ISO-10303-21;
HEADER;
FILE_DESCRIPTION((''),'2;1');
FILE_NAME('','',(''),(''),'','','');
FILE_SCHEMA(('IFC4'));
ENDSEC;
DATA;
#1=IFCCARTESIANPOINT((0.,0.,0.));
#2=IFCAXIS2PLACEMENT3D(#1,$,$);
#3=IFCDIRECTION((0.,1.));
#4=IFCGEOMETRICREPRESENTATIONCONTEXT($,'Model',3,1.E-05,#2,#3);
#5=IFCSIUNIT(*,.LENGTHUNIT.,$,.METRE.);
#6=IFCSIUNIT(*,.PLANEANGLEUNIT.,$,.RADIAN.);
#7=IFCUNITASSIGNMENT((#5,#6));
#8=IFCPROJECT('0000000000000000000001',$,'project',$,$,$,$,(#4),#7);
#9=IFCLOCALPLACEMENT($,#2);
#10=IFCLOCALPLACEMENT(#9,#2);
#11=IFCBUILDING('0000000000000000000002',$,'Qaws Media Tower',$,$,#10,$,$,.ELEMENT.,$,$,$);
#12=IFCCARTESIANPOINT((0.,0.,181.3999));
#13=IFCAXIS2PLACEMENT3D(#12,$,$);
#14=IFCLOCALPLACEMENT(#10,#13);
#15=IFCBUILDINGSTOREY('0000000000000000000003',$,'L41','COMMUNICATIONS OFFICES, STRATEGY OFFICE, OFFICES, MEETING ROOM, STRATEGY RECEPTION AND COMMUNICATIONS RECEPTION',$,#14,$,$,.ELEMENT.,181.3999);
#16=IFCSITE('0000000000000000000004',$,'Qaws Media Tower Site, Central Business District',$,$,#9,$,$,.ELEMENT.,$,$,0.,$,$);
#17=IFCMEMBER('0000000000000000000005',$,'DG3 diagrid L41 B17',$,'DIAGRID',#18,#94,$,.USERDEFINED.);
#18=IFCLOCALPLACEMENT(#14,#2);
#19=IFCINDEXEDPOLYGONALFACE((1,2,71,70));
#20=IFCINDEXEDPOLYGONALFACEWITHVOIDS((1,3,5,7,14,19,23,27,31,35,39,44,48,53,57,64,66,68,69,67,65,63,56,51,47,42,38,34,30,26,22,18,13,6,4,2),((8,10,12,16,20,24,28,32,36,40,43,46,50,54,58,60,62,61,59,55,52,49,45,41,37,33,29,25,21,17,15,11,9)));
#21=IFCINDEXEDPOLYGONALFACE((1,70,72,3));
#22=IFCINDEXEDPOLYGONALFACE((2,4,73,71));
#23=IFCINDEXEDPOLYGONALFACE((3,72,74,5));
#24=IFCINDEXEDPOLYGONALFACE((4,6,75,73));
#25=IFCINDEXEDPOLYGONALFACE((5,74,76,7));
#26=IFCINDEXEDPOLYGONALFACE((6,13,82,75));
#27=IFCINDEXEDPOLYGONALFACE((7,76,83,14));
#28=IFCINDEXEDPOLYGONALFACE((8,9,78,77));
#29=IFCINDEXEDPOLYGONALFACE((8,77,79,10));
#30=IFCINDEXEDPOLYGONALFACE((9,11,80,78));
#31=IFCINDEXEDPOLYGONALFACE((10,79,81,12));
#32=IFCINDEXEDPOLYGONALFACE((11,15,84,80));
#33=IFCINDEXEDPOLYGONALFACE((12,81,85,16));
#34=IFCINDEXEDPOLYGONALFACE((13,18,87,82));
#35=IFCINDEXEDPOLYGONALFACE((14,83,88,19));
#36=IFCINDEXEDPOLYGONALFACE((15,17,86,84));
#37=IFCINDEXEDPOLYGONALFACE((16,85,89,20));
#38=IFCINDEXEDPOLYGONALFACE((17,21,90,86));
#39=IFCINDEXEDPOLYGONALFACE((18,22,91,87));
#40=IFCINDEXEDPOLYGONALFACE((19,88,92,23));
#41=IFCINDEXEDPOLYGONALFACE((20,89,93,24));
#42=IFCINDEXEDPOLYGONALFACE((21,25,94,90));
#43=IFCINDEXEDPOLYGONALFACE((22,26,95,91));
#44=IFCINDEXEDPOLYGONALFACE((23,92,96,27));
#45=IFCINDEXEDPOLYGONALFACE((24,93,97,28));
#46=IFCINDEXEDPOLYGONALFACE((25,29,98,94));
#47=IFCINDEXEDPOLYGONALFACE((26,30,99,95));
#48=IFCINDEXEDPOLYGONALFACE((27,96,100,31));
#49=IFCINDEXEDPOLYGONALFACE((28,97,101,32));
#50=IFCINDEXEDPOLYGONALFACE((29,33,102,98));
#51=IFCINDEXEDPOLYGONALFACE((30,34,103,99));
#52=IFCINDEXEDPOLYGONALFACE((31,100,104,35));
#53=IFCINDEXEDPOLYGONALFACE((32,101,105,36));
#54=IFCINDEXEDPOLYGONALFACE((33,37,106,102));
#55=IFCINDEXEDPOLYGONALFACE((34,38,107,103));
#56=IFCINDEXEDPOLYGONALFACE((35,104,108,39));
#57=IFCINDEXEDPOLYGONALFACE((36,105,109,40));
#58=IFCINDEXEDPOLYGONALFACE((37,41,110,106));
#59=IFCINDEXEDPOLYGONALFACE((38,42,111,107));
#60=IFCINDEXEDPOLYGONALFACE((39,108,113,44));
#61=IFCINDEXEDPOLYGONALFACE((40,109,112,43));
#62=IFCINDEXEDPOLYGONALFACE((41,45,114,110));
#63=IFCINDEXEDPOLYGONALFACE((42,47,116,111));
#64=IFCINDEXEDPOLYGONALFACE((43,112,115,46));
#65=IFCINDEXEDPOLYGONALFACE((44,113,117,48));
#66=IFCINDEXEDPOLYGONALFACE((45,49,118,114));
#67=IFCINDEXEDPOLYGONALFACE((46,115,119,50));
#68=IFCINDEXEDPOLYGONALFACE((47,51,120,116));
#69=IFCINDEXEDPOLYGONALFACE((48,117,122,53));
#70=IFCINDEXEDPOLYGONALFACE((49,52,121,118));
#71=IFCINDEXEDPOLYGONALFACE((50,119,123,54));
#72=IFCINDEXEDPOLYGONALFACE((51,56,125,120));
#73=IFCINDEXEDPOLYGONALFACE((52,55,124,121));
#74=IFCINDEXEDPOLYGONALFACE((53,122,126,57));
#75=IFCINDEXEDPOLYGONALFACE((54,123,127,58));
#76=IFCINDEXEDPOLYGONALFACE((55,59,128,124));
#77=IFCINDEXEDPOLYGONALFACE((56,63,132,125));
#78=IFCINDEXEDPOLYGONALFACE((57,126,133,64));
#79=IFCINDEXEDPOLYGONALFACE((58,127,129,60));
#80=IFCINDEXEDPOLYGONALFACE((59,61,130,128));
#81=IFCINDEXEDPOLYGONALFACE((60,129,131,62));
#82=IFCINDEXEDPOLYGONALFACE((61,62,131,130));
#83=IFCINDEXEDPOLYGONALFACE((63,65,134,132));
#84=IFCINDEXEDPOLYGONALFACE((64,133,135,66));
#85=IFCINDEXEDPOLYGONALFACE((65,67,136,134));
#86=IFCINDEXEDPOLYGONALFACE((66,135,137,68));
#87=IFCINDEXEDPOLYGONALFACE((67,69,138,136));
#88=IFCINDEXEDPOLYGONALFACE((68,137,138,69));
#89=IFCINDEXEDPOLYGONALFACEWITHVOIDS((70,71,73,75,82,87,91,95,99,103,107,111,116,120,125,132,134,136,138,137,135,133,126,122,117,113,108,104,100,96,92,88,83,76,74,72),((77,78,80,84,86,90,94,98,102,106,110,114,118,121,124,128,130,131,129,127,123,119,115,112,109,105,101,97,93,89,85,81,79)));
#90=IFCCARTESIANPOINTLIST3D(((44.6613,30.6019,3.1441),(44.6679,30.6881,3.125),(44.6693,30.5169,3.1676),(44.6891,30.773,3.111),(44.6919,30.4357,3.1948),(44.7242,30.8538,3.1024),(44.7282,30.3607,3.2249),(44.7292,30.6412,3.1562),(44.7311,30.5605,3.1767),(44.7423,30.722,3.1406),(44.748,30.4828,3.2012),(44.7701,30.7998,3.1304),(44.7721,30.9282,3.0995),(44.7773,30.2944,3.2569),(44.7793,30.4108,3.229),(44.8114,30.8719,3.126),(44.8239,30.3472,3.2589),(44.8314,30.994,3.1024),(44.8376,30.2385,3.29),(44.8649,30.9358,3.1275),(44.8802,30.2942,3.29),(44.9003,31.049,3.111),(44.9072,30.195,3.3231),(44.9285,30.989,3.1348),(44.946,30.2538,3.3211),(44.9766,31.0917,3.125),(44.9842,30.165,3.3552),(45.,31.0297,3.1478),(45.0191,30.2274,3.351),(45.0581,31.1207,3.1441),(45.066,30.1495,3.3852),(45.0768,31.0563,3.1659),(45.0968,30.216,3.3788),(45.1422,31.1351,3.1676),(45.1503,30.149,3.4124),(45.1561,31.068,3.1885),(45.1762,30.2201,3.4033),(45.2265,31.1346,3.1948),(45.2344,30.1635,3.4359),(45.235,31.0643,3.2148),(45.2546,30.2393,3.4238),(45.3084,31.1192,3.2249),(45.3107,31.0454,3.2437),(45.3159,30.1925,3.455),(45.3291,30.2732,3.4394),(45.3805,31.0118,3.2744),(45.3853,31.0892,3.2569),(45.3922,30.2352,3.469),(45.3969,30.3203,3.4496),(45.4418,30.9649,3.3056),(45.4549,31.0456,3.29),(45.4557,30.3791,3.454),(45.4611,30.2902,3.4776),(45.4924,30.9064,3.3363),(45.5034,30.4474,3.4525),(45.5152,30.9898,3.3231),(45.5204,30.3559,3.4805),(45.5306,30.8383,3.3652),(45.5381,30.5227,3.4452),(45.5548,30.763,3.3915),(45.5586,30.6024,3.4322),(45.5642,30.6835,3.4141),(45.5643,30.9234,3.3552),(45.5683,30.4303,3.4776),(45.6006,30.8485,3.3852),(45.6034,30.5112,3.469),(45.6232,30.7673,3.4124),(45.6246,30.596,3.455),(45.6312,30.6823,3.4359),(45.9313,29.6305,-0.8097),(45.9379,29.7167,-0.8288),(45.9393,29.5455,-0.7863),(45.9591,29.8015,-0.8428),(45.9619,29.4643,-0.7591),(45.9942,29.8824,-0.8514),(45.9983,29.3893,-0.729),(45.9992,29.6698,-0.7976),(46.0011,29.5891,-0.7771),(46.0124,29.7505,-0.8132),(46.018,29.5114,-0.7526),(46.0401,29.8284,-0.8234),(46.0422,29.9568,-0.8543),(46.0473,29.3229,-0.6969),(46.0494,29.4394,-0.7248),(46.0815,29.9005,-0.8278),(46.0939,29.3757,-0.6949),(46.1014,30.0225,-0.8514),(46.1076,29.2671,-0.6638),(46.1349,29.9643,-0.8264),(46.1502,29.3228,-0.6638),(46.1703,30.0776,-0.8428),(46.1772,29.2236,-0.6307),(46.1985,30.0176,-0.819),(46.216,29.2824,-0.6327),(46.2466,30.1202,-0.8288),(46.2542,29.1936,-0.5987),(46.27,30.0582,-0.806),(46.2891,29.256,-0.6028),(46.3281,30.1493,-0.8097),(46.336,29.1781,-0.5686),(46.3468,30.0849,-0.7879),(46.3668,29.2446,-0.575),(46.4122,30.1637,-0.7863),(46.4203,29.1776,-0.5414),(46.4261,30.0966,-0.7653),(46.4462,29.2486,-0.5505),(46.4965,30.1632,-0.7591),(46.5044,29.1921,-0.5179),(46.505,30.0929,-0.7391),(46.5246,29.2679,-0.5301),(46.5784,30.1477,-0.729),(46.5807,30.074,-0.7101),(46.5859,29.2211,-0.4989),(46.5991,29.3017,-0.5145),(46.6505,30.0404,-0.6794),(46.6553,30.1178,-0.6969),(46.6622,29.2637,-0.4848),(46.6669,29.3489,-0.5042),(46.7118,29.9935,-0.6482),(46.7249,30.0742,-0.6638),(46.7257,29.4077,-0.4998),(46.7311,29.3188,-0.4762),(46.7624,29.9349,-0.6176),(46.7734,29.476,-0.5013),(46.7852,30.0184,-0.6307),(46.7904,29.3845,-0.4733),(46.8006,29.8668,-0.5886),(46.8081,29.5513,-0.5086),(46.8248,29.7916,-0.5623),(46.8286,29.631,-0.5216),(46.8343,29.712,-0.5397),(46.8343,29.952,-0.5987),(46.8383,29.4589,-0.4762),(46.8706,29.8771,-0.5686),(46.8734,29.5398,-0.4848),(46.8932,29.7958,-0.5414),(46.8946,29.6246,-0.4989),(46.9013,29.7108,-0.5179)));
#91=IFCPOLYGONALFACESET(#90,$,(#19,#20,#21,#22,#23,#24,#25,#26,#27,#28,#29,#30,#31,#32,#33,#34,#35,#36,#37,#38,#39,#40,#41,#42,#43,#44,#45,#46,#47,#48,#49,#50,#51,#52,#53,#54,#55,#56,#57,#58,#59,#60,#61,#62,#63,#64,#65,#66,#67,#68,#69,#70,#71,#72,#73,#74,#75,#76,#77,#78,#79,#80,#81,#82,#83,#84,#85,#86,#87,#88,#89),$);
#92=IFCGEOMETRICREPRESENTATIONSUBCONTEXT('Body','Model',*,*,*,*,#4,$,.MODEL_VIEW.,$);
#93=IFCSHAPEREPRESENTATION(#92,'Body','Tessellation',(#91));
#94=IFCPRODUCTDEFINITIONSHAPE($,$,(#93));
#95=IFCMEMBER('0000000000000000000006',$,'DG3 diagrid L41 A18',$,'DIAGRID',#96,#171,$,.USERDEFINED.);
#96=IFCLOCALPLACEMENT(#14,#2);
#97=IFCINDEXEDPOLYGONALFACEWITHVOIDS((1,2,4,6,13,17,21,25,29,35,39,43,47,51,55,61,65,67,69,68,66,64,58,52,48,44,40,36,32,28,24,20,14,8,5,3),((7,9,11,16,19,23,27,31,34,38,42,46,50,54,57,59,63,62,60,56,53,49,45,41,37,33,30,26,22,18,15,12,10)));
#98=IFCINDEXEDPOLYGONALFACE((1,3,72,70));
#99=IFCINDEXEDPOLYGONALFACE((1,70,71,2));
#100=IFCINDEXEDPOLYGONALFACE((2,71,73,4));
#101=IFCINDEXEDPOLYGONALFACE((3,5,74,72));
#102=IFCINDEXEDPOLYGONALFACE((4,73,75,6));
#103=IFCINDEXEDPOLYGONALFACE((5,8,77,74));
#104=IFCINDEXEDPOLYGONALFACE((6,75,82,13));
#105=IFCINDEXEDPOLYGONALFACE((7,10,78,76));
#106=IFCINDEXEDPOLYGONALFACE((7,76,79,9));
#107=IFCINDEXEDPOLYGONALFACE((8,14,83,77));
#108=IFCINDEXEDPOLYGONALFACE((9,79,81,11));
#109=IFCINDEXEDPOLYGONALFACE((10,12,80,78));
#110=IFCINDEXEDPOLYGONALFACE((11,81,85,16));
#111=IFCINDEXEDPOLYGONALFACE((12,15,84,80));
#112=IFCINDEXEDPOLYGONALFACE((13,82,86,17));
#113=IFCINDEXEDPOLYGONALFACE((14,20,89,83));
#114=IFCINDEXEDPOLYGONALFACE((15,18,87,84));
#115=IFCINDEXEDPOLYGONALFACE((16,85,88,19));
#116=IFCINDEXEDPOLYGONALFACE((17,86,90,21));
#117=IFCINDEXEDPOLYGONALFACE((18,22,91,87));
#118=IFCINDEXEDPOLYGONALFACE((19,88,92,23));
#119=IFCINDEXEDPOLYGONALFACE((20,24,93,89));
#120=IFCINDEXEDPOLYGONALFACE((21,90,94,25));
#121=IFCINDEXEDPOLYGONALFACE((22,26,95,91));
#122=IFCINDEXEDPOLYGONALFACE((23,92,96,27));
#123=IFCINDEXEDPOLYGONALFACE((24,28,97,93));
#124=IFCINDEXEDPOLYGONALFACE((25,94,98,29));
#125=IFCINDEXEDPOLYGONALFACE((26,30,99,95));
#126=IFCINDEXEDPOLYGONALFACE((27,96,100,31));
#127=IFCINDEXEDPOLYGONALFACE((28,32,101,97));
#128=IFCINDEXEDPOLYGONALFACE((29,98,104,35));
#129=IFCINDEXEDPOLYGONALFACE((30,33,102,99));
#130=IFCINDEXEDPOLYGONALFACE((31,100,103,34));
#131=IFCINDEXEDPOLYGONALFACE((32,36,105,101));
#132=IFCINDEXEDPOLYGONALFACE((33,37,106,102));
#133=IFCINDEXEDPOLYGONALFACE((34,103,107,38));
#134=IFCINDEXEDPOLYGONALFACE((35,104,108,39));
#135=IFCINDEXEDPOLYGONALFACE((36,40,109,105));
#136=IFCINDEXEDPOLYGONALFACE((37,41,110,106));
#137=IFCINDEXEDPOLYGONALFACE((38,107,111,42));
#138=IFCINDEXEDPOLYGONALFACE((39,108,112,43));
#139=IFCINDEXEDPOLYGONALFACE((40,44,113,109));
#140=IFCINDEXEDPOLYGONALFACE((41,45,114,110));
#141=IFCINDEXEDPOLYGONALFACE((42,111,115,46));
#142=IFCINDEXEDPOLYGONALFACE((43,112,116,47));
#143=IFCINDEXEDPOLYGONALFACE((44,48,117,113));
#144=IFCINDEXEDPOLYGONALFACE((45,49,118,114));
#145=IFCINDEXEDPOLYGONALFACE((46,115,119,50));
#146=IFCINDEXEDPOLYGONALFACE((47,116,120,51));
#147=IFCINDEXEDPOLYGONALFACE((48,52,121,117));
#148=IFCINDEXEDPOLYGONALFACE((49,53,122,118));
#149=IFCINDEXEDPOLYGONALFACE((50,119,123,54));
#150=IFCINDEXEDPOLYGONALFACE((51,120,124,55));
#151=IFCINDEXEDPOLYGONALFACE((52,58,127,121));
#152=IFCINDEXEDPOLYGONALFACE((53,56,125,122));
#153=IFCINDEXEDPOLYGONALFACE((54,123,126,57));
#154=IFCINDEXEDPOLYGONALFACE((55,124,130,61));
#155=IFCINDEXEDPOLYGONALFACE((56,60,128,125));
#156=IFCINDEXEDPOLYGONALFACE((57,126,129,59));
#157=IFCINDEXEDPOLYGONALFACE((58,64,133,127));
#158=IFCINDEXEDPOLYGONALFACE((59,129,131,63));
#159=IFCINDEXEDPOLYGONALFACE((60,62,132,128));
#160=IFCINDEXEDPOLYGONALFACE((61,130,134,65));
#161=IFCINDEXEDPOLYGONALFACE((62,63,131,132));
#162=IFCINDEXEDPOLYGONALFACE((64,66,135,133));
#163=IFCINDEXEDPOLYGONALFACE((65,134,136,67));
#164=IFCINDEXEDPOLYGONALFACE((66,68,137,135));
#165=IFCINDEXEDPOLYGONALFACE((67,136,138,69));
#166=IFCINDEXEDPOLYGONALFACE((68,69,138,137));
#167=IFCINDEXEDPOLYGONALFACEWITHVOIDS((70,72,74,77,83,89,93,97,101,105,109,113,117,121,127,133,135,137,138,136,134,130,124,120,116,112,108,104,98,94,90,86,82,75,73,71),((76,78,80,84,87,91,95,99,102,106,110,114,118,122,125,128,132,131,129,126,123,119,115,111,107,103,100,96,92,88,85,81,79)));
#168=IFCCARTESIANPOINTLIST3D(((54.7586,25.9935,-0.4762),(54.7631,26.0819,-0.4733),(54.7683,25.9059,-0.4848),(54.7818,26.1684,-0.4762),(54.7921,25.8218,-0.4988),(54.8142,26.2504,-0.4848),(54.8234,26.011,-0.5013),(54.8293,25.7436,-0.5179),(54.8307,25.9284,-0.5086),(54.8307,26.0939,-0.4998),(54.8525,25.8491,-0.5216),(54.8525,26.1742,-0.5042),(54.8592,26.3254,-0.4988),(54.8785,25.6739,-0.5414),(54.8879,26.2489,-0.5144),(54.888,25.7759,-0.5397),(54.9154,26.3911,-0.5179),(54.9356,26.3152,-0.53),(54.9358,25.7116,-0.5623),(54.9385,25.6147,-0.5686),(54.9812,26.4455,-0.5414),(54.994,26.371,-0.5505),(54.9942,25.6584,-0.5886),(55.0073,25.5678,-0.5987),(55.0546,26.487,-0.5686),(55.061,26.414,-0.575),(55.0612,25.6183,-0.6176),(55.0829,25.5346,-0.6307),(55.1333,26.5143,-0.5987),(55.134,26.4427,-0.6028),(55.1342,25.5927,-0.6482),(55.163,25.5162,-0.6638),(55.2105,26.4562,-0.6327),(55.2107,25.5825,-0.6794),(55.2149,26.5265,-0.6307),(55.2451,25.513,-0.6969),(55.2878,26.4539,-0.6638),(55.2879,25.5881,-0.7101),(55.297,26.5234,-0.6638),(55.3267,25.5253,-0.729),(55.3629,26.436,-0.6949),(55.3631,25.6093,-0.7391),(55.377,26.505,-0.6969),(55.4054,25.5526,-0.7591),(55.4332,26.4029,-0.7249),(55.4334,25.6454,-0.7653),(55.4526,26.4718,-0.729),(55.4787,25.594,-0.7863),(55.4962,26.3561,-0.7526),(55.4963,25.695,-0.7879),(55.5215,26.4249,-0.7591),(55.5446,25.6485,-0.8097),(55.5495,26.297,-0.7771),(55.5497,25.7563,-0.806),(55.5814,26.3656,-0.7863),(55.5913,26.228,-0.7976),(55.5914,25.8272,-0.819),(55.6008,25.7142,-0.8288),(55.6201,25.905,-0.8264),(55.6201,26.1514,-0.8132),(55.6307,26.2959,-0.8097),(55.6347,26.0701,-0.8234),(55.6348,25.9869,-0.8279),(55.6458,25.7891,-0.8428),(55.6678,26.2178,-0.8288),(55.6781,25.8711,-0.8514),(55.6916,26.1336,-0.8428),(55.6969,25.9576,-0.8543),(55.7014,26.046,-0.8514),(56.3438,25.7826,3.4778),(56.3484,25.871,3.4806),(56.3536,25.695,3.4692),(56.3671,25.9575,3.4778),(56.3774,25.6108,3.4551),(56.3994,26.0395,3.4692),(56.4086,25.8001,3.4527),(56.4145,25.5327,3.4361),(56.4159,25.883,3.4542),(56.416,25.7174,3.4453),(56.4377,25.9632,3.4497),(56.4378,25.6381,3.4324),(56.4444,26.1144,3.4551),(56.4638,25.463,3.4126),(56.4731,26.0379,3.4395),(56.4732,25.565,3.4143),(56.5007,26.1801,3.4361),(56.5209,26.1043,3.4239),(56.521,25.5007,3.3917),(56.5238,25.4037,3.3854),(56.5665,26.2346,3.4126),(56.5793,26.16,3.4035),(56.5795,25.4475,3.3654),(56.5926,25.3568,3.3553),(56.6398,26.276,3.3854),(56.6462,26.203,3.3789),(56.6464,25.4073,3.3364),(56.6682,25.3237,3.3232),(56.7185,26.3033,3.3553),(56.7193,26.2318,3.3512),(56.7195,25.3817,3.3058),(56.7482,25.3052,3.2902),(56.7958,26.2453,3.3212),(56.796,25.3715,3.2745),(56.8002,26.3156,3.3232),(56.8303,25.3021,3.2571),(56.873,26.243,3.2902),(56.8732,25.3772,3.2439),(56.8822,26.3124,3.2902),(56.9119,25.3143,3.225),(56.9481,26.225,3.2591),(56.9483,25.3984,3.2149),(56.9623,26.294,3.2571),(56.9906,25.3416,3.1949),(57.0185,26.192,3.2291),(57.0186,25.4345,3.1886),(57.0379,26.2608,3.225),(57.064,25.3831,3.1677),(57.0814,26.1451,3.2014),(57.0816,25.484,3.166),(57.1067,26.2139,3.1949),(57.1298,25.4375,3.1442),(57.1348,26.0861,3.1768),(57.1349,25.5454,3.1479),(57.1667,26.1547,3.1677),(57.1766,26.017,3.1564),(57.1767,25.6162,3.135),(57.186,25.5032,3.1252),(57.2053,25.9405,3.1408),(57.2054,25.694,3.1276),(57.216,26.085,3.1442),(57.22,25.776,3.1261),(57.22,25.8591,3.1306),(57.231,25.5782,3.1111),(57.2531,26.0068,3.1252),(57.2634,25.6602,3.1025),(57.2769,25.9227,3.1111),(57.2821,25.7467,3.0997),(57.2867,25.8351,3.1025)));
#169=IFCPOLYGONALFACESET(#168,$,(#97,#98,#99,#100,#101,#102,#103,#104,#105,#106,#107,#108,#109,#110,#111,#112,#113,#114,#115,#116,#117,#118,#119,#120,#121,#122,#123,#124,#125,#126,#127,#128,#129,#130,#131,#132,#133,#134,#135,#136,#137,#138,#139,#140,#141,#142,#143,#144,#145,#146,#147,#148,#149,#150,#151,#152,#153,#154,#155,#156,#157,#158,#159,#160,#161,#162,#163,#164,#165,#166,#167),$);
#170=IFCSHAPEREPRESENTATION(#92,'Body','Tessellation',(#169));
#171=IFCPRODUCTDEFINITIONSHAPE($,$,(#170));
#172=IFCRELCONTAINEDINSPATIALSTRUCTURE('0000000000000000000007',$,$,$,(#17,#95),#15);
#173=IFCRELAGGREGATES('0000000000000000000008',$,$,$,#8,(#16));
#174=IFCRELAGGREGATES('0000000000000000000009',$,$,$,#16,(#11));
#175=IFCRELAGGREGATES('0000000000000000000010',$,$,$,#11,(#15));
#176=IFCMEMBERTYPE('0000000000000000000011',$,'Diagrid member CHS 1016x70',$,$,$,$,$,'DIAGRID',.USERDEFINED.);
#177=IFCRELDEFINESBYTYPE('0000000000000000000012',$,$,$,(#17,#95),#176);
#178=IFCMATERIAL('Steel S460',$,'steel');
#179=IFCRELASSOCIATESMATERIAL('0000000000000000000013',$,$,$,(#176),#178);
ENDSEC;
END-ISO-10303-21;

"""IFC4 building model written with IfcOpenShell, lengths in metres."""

from ifc_helpers import new_model, si_unit, direction, frame, origin, origin_2d, place, context, subcontext, project, spatial, hollow_circle, extrude, material, material_profile, profile_set, type_object, element, save


model = new_model("IFC4")

# Units and contexts
model_context = context("Model", 3, precision=1e-05, world=origin(), true_north=direction((0.0, 1.0)))
body_context = subcontext(model_context, "Body", "Model", "MODEL_VIEW")
ifc_project = project(units=[si_unit("LENGTHUNIT", "METRE"), si_unit("PLANEANGLEUNIT", "RADIAN")], contexts=[model_context])

# Site, building, storey
site_placement = place(None, origin())
site = spatial("IfcSite", under=ifc_project, at=site_placement, Name="Qaws Media Tower Site, Central Business District", CompositionType="ELEMENT", RefElevation=0.0)
building_placement = place(site_placement, origin())
building = spatial("IfcBuilding", under=site, at=building_placement, Name="Qaws Media Tower", CompositionType="ELEMENT")
storey_placement = place(building_placement, frame((0.0, 0.0, 181.3999)))
storey = spatial("IfcBuildingStorey", under=building, at=storey_placement, Name="L41", Description="COMMUNICATIONS OFFICES, STRATEGY OFFICE, OFFICES, MEETING ROOM, STRATEGY RECEPTION AND COMMUNICATIONS RECEPTION", CompositionType="ELEMENT", Elevation=181.3999)

# Members
ifc_material_1 = material(Name="Steel S460", Category="steel")
ifc_material_profile_1 = material_profile(ifc_material_1, hollow_circle(Radius=0.5081, WallThickness=0.0701, at=origin_2d()), Name="CHS 1016x70")
ifc_profile_set_1 = profile_set([ifc_material_profile_1], Name="Steel S460")
member_type_1 = type_object("IfcMemberType", Name="Diagrid member CHS 1016x70", ElementType="DIAGRID", PredefinedType="USERDEFINED", material=ifc_profile_set_1)
member_1_placement = place(storey_placement, frame((46.4163, 29.6707, -0.6638), z_axis=(-0.297782, 0.227773, 0.927063), x_axis=(-0.607546, -0.794284, 0.0)))
element("IfcMember", 1, at=member_1_placement, inside=storey, type_object=member_type_1, Name="DG3 diagrid L41 B17", ObjectType="DIAGRID", PredefinedType="USERDEFINED", context=body_context, shape_type="SweptSolid", body=[
    extrude(hollow_circle(Radius=0.5081, WallThickness=0.0701, at=origin_2d()), origin(), (0.0, 0.0, 1.0), 4.2649),
])
member_2_placement = place(storey_placement, frame((55.23, 26.0198, -0.6638), z_axis=(0.371676, -0.049458, 0.927044), x_axis=(0.131904, 0.991263, 0.0)))
element("IfcMember", 2, at=member_2_placement, inside=storey, type_object=member_type_1, Name="DG3 diagrid L41 A18", ObjectType="DIAGRID", PredefinedType="USERDEFINED", context=body_context, shape_type="SweptSolid", body=[
    extrude(hollow_circle(Radius=0.5081, WallThickness=0.0701, at=origin_2d()), origin(), (0.0, 0.0, 1.0), 4.2651),
])

save(model, "model.ifc")
